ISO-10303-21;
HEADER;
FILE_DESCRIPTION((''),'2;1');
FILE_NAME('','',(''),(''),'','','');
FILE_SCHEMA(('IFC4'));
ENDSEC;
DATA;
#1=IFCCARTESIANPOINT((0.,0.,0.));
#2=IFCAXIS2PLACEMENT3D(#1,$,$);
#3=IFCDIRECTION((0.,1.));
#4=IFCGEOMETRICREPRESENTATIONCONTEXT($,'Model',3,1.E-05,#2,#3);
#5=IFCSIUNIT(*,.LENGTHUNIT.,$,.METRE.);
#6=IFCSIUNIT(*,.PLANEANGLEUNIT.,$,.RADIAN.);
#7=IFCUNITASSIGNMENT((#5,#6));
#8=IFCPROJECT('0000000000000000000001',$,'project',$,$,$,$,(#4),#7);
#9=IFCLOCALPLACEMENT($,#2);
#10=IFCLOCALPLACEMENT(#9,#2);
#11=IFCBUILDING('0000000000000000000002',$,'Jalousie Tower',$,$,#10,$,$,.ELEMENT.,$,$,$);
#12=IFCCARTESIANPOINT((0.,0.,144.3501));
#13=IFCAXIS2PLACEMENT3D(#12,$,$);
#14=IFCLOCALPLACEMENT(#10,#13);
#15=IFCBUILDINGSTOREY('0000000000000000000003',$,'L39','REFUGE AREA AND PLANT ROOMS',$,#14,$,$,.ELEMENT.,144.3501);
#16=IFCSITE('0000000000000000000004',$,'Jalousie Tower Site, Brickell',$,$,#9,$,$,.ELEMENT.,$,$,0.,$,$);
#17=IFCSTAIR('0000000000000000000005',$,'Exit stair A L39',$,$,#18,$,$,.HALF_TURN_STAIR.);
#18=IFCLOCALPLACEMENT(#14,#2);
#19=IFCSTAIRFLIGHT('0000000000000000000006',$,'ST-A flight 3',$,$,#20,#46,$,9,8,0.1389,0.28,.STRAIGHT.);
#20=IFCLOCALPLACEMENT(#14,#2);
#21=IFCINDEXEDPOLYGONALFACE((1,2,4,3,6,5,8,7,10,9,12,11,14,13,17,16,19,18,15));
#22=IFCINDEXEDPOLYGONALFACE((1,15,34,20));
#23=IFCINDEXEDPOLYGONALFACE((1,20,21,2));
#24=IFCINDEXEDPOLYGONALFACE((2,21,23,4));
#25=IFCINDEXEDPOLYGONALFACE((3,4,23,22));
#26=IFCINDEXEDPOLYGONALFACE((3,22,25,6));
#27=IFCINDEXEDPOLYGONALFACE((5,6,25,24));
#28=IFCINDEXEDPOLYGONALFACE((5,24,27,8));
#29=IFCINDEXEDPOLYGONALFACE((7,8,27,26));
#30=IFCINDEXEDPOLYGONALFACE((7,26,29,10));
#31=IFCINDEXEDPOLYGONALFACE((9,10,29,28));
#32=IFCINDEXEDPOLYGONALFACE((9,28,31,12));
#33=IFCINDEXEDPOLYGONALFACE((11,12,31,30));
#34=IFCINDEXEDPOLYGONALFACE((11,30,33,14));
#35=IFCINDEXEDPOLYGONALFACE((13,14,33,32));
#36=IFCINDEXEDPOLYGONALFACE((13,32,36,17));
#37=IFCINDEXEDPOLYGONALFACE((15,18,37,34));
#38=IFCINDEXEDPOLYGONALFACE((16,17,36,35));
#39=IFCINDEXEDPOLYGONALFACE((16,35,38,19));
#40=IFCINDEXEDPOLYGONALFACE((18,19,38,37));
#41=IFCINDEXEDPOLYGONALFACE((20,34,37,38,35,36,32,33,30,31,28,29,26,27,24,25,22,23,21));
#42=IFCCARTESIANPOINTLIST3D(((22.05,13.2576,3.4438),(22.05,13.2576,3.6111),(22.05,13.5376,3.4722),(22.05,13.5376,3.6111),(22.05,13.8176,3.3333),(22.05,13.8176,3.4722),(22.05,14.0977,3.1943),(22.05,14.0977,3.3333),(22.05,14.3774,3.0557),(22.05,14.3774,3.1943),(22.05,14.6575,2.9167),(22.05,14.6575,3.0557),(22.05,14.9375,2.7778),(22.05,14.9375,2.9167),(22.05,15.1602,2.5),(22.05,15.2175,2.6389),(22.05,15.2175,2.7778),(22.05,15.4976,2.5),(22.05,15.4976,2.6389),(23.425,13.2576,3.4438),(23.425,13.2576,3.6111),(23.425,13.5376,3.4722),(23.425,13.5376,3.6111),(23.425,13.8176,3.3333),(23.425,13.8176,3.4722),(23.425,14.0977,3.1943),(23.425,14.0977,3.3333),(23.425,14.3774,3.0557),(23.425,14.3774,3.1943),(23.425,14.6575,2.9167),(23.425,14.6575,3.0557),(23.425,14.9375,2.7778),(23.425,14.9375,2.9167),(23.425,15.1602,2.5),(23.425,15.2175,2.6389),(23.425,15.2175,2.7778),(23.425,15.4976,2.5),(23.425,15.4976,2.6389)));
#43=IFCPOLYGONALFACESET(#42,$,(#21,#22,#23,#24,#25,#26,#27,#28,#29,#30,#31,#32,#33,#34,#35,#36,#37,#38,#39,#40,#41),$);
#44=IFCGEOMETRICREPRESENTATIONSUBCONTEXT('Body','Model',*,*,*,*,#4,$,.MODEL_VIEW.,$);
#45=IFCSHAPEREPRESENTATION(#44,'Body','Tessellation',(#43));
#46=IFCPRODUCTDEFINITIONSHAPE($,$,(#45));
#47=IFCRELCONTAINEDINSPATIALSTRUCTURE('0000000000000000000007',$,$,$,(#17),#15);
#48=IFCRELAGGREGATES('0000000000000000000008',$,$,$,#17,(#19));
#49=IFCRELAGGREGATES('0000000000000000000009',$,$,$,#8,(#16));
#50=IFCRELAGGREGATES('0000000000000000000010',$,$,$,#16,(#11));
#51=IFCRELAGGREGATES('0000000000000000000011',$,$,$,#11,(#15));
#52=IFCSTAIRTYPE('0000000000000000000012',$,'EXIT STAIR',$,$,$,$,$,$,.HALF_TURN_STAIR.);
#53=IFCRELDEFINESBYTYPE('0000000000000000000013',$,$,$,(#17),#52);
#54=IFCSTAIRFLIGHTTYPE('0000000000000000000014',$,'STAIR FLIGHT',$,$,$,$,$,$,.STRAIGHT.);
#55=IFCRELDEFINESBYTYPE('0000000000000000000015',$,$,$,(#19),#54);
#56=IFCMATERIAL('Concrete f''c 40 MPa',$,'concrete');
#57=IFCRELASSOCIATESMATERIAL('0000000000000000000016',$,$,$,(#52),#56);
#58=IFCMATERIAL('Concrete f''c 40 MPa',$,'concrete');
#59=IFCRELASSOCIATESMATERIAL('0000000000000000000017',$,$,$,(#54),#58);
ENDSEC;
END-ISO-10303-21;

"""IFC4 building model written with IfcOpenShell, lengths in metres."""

from ifc_helpers import new_model, si_unit, direction, frame, origin, place, context, subcontext, project, spatial, polyline, outline, extrude, material, type_object, element, aggregate, save


model = new_model("IFC4")

# Units and contexts
model_context = context("Model", 3, precision=1e-05, world=origin(), true_north=direction((0.0, 1.0)))
body_context = subcontext(model_context, "Body", "Model", "MODEL_VIEW")
ifc_project = project(units=[si_unit("LENGTHUNIT", "METRE"), si_unit("PLANEANGLEUNIT", "RADIAN")], contexts=[model_context])

# Site, building, storey
site_placement = place(None, origin())
site = spatial("IfcSite", under=ifc_project, at=site_placement, Name="Jalousie Tower Site, Brickell", CompositionType="ELEMENT", RefElevation=0.0)
building_placement = place(site_placement, origin())
building = spatial("IfcBuilding", under=site, at=building_placement, Name="Jalousie Tower", CompositionType="ELEMENT")
storey_placement = place(building_placement, frame((0.0, 0.0, 144.3501)))
storey = spatial("IfcBuildingStorey", under=building, at=storey_placement, Name="L39", Description="REFUGE AREA AND PLANT ROOMS", CompositionType="ELEMENT", Elevation=144.3501)

# Stair, stair flight
ifc_material_1 = material(Name="Concrete f'c 40 MPa", Category="concrete")
stair_type = type_object("IfcStairType", Name="EXIT STAIR", PredefinedType="HALF_TURN_STAIR", material=ifc_material_1)
stair_placement = place(storey_placement, origin())
stair = element("IfcStair", 1, at=stair_placement, inside=storey, type_object=stair_type, Name="Exit stair A L39", PredefinedType="HALF_TURN_STAIR")
ifc_material_2 = material(Name="Concrete f'c 40 MPa", Category="concrete")
stair_flight_type = type_object("IfcStairFlightType", Name="STAIR FLIGHT", PredefinedType="STRAIGHT", material=ifc_material_2)
stair_flight_1_placement = place(storey_placement, frame((22.7375, 15.4976, 2.5), z_axis=(0.0, 0.0, 1.0), x_axis=(0.0, -1.0, 0.0)))
stair_flight_1 = element("IfcStairFlight", 2, at=stair_flight_1_placement, type_object=stair_flight_type, Name="ST-A flight 3", NumberOfRisers=9, NumberOfTreads=8, PredefinedType="STRAIGHT", RiserHeight=0.1389, TreadLength=0.28, context=body_context, shape_type="SweptSolid", body=[
    extrude(outline(polyline([(0.0, 0.0), (0.0, 0.1389), (0.28, 0.1389), (0.28, 0.2778), (0.5601, 0.2778), (0.5601, 0.4167), (0.8401, 0.4167), (0.8401, 0.5557), (1.1201, 0.5557), (1.1201, 0.6943), (1.3999, 0.6943), (1.3999, 0.8333), (1.6799, 0.8333), (1.6799, 0.9722), (1.96, 0.9722), (1.96, 1.1111), (2.24, 1.1111), (2.24, 1.25), (2.24, 0.9438), (0.3374, 0.0), (0.0, 0.0)])), frame((0.0, 0.6875, 0.0), z_axis=(0.0, -1.0, 0.0), x_axis=(1.0, 0.0, 0.0)), (0.0, 0.0, 1.0), 1.375),
])
aggregate(stair, [stair_flight_1])

save(model, "model.ifc")
